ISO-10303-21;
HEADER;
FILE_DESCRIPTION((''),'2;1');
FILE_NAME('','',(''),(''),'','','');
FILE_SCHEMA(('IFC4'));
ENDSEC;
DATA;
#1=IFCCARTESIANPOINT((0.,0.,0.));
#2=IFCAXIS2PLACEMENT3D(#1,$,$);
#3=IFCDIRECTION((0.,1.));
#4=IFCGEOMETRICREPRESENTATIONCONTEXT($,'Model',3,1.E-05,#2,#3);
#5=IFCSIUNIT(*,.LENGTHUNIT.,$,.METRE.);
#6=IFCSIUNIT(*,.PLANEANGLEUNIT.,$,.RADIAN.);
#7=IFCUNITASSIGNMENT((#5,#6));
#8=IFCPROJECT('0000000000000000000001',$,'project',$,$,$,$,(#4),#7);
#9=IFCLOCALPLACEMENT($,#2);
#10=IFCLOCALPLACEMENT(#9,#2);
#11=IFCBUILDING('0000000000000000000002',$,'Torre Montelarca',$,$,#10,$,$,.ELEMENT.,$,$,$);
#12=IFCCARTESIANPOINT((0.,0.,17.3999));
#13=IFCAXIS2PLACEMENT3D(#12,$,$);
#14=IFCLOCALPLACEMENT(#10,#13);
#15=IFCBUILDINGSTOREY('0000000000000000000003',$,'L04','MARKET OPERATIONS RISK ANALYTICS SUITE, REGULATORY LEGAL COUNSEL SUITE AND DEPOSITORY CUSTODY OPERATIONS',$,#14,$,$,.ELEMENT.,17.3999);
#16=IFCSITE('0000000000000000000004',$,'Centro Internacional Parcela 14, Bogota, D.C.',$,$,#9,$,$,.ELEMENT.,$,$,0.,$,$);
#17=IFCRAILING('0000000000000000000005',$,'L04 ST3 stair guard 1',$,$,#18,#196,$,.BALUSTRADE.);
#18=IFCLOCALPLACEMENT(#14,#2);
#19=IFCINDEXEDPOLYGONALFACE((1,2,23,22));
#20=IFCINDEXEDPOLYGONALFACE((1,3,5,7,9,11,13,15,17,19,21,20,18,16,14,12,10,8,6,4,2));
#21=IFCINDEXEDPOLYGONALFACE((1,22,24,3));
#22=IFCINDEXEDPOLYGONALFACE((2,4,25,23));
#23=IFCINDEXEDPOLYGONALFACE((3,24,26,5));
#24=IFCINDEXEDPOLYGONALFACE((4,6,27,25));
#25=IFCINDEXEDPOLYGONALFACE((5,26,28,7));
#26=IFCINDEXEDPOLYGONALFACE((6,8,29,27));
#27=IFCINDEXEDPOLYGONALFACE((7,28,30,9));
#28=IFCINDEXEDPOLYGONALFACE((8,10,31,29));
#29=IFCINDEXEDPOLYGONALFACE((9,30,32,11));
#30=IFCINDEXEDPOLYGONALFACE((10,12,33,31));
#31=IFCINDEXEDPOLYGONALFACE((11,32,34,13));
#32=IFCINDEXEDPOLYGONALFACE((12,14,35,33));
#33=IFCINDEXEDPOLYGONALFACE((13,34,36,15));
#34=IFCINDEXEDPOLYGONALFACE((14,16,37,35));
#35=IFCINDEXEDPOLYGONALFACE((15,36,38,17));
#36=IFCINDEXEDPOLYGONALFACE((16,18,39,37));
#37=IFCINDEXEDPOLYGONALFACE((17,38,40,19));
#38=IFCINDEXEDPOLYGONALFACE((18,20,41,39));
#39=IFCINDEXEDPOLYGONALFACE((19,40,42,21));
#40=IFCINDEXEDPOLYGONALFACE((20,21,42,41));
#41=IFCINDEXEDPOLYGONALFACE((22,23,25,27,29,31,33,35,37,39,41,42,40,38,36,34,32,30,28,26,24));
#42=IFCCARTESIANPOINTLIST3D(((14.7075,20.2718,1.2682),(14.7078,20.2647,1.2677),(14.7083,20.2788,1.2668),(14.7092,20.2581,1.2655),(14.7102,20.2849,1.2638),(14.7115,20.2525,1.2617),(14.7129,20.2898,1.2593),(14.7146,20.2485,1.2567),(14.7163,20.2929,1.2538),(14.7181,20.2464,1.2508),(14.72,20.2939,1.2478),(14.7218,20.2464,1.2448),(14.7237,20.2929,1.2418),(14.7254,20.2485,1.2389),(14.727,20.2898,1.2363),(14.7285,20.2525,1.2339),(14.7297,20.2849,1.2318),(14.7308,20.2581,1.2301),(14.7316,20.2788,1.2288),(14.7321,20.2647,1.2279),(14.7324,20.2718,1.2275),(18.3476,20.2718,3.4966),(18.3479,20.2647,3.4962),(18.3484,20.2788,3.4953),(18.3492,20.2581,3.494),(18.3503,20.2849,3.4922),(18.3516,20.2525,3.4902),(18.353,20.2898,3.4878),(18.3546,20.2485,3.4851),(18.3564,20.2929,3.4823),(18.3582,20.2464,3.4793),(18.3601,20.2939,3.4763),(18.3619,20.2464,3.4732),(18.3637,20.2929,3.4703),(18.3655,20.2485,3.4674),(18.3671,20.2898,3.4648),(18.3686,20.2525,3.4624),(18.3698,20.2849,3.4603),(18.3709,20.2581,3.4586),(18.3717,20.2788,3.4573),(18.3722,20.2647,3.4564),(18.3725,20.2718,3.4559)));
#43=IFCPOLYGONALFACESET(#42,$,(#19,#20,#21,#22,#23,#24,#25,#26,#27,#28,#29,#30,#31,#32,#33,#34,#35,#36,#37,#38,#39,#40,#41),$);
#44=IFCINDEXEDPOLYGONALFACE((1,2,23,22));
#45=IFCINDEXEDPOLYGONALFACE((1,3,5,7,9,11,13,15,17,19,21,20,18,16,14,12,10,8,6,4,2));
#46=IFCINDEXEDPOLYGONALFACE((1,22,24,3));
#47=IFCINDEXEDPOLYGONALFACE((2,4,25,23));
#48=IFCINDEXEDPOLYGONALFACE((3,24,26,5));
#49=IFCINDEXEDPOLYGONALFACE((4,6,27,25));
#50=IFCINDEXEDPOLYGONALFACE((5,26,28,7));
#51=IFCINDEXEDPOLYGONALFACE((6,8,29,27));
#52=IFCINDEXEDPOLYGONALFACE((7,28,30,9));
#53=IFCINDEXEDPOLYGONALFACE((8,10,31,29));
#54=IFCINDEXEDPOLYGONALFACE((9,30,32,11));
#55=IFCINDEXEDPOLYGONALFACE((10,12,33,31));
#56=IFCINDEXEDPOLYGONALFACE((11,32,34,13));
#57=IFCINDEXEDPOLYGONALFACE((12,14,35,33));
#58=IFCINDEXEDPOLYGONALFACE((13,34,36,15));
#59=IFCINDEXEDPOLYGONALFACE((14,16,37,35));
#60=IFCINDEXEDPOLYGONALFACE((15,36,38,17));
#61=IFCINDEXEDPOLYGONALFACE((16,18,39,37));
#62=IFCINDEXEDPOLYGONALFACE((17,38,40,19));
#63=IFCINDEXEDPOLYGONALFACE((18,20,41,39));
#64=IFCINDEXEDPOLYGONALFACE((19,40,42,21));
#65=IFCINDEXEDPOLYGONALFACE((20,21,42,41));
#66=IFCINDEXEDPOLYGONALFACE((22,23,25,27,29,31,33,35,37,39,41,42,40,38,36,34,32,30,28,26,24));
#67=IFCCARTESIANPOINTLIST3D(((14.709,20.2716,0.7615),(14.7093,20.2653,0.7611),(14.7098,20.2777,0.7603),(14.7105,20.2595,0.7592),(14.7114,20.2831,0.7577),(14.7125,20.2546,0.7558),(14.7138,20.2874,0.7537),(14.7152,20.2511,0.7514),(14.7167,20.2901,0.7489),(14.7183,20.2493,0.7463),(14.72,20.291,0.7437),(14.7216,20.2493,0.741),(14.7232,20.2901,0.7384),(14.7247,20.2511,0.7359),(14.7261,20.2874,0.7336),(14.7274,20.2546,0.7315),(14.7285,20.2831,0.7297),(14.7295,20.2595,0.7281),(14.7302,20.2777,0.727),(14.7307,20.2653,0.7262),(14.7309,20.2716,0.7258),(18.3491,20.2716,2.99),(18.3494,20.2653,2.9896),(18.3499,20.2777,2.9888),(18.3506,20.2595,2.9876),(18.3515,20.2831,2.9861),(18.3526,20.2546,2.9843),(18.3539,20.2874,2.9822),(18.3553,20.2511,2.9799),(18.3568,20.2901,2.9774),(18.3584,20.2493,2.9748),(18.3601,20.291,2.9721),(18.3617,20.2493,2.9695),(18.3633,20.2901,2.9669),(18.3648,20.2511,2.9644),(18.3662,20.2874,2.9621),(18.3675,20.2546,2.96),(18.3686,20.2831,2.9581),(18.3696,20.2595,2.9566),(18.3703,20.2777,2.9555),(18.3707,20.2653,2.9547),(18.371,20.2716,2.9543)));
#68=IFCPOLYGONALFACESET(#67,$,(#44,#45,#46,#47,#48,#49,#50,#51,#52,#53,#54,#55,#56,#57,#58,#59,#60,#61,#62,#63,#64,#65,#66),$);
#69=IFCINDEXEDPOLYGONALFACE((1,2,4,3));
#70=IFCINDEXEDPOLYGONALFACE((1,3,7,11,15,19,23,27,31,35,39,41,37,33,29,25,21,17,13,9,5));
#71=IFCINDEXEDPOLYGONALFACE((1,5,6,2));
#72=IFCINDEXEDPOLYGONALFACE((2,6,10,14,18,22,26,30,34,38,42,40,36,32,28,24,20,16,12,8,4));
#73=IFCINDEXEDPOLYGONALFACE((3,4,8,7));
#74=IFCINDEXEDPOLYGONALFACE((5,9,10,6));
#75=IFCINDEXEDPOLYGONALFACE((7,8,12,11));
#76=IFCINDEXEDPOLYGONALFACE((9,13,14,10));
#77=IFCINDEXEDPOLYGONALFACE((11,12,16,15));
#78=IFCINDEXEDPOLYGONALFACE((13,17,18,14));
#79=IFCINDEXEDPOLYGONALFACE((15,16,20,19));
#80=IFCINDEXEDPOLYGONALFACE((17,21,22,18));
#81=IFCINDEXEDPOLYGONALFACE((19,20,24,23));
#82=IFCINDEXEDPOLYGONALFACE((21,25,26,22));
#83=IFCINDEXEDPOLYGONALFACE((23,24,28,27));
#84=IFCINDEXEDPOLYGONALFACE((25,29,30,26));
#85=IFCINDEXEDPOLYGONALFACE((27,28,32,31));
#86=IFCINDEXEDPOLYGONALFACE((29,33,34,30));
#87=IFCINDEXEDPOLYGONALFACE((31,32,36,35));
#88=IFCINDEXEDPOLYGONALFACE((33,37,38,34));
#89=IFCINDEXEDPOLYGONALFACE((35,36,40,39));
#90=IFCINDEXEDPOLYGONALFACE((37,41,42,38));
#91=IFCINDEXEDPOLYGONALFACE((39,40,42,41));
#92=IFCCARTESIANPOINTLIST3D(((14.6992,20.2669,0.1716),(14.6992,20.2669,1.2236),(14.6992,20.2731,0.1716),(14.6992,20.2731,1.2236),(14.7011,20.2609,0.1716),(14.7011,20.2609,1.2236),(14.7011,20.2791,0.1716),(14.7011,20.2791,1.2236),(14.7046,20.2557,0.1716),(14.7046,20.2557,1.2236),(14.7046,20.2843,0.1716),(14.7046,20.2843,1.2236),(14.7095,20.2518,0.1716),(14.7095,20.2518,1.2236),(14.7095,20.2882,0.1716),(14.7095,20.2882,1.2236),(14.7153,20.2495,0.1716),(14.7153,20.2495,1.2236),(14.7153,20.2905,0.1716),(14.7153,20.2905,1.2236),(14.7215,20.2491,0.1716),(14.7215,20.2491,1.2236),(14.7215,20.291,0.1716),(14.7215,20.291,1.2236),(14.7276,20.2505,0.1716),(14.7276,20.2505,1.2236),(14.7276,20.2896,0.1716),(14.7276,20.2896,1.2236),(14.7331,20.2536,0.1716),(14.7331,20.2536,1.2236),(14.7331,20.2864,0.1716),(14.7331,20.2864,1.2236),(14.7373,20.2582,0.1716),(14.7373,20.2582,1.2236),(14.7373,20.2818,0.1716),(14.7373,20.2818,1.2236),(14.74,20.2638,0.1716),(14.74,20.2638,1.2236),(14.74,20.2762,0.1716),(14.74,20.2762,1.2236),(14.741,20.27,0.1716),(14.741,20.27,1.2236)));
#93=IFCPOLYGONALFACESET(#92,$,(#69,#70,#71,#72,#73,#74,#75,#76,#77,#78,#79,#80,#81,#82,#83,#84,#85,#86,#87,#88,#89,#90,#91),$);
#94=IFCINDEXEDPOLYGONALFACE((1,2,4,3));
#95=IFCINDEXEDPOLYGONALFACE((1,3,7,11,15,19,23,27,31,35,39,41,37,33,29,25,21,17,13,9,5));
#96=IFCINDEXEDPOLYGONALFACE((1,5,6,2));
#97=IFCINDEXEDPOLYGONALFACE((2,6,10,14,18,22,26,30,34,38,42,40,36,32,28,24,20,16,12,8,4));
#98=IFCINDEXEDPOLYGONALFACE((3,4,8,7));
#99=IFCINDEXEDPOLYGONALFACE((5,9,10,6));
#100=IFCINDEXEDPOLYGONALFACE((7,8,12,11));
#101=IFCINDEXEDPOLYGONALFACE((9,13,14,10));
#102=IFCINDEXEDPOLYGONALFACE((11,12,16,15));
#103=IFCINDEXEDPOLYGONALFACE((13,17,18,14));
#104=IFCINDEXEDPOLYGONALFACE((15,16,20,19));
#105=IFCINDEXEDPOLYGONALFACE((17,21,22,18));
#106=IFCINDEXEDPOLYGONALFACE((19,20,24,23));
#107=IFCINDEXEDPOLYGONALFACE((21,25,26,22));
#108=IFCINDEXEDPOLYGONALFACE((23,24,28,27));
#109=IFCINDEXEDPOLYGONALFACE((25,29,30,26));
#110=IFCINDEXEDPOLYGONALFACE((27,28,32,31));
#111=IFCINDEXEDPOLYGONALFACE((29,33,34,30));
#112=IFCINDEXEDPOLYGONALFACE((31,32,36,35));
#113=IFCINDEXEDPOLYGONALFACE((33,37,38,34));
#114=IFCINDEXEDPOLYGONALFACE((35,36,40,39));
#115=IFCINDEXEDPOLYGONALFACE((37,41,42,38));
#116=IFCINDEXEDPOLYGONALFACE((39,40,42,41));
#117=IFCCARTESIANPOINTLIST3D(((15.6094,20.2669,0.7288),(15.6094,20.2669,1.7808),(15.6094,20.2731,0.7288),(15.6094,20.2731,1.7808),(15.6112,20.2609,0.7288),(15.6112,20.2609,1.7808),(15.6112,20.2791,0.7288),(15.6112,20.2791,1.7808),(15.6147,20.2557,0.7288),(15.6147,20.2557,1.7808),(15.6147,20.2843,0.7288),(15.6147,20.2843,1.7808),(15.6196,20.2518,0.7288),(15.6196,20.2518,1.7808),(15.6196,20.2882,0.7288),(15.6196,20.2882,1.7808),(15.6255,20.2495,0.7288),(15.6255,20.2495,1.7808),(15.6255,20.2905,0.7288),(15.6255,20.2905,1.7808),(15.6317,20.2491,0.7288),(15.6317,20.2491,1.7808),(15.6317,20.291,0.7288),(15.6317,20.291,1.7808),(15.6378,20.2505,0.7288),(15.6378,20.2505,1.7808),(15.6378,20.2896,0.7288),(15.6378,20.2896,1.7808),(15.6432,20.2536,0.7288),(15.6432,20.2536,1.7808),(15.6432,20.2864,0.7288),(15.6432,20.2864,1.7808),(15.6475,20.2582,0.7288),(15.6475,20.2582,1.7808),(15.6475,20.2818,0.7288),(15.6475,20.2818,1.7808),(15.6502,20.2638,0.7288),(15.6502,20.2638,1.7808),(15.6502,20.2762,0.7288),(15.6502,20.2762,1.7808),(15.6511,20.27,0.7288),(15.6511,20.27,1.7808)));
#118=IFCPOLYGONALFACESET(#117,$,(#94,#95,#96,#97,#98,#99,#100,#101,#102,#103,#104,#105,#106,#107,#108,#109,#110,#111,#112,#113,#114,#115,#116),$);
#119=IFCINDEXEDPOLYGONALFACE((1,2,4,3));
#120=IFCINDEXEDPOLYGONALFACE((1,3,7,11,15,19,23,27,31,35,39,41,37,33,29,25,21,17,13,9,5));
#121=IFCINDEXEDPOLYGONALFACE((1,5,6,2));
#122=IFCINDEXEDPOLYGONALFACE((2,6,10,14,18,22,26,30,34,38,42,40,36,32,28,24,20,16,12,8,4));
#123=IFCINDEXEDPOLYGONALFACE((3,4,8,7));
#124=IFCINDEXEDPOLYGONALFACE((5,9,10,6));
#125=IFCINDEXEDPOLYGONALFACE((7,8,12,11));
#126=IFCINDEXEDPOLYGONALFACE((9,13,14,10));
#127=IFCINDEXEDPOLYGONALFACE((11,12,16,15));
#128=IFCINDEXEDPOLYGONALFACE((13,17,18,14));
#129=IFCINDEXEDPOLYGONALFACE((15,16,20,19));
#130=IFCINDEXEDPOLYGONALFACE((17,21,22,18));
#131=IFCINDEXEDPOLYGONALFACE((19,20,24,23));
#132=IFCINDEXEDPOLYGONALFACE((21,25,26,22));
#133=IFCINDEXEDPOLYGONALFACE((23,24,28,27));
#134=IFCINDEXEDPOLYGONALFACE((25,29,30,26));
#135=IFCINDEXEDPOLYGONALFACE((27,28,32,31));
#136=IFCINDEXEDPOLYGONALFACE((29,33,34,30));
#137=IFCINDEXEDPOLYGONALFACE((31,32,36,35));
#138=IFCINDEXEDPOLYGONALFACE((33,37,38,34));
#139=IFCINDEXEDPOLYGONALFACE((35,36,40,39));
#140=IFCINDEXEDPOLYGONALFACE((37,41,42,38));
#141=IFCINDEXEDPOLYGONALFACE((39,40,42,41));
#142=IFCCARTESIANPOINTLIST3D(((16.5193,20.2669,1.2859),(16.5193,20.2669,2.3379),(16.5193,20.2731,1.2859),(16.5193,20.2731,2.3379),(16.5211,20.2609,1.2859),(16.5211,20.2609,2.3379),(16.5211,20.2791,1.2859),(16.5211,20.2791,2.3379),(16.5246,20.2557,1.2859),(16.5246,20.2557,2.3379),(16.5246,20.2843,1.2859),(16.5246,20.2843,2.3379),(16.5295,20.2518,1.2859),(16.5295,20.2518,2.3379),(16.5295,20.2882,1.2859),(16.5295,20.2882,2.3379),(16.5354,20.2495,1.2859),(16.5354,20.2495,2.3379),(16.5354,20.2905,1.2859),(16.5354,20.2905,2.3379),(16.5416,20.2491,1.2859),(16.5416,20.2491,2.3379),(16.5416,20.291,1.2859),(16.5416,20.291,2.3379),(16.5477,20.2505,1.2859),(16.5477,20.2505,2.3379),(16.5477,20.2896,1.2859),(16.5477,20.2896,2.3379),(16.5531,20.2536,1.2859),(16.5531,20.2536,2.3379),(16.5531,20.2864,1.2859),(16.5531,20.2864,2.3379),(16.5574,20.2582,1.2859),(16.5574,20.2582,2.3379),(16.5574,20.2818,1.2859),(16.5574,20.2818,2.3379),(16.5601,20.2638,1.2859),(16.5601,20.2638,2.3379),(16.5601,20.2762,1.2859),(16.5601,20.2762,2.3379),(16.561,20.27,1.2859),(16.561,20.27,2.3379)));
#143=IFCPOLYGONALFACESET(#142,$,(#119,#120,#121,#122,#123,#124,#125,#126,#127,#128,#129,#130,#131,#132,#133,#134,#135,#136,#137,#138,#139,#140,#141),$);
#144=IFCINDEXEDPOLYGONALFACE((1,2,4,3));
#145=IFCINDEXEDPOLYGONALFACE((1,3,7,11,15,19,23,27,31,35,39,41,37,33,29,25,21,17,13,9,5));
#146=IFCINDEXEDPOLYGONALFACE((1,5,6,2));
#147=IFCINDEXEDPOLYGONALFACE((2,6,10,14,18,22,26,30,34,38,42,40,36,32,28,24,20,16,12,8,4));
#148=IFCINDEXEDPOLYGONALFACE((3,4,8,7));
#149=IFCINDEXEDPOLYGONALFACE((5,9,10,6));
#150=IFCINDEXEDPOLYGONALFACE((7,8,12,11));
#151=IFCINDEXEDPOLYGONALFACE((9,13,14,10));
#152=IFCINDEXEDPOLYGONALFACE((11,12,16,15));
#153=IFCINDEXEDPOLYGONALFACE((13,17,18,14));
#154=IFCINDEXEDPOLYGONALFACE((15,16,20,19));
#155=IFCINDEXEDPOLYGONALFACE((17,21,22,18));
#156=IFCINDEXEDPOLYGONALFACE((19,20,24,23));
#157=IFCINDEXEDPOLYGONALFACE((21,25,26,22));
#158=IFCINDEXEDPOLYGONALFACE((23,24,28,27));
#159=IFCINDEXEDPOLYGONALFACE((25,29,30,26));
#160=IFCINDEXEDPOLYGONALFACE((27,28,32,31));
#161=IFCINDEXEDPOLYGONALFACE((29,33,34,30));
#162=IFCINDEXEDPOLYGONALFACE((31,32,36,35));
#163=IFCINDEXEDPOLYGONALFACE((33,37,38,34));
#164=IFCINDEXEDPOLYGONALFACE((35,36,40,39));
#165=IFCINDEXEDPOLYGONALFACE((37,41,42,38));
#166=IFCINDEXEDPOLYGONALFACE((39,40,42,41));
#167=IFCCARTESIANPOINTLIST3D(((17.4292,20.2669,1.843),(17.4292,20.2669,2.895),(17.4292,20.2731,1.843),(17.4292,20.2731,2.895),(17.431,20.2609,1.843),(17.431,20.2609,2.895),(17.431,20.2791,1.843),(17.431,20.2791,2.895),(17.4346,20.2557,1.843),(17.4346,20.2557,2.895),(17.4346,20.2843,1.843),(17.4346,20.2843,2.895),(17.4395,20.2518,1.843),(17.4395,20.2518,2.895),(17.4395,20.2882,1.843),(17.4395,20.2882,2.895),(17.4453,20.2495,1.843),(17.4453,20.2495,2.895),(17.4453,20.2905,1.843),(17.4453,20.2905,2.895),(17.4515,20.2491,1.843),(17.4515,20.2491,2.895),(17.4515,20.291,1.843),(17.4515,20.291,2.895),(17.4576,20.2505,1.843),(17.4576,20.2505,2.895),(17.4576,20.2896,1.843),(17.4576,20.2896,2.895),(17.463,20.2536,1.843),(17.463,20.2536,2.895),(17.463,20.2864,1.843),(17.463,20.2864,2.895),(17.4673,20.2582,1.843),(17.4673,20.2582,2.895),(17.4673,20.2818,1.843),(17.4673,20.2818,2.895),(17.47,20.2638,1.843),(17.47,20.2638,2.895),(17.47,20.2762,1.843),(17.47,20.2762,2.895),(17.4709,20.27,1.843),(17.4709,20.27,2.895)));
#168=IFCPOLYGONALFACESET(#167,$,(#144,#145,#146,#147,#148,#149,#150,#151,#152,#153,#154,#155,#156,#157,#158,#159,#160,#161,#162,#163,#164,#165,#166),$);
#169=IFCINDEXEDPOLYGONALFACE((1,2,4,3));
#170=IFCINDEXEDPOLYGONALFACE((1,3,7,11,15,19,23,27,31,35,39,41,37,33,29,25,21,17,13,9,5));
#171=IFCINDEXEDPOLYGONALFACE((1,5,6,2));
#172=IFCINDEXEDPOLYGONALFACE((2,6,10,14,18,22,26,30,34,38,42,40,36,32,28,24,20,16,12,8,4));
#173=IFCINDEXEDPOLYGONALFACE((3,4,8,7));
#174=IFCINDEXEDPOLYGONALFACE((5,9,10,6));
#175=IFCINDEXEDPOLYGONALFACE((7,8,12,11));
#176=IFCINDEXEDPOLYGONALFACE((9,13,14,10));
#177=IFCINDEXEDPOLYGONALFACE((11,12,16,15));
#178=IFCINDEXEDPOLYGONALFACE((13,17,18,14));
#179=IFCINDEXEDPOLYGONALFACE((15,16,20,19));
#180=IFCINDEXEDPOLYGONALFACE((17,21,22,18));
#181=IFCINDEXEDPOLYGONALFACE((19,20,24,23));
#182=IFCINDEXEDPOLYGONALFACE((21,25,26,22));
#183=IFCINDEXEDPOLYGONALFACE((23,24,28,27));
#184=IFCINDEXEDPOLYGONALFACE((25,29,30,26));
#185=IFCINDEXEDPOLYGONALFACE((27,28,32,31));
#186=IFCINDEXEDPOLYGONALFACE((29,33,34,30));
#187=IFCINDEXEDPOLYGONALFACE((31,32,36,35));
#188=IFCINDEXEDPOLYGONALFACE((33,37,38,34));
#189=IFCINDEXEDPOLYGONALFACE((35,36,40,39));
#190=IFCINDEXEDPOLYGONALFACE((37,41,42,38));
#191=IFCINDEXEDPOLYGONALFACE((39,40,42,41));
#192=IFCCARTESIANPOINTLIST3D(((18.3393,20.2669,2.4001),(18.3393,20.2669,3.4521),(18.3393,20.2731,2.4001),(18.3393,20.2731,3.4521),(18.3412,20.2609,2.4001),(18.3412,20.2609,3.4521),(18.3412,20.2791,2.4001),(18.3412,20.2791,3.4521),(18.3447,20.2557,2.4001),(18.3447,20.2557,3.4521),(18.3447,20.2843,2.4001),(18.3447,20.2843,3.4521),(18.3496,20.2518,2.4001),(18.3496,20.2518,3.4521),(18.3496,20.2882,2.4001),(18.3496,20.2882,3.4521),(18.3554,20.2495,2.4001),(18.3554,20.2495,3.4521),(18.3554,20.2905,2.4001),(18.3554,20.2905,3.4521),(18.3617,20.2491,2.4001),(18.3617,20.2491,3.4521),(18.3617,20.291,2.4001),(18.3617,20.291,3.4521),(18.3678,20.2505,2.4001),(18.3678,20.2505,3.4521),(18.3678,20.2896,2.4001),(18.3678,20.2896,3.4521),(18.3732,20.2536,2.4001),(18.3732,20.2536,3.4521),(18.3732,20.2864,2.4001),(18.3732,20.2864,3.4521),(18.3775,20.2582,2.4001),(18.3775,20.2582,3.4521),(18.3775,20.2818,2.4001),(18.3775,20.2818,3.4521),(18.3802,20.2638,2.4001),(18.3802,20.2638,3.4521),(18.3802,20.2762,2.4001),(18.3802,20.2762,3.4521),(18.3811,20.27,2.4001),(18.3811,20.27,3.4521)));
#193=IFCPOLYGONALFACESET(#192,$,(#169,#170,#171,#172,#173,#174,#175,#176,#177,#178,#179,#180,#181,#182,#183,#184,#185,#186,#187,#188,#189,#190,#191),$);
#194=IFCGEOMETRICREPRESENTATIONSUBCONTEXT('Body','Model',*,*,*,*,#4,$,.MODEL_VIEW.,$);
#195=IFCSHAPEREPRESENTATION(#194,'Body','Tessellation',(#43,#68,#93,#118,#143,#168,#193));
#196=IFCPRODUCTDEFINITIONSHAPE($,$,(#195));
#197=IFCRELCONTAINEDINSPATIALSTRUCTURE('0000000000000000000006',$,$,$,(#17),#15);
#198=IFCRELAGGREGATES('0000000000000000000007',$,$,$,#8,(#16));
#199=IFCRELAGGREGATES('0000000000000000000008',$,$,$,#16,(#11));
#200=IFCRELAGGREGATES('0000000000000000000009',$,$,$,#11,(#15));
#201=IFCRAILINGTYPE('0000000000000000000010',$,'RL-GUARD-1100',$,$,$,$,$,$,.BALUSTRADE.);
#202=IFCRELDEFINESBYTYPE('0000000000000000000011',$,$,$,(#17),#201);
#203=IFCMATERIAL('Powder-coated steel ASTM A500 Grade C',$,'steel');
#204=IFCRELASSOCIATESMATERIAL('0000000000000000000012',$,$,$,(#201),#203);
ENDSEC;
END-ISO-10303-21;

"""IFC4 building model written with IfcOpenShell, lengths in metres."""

from ifc_helpers import new_model, si_unit, direction, frame, origin, origin_2d, place, context, subcontext, project, spatial, circle, extrude, material, type_object, element, save


model = new_model("IFC4")

# Units and contexts
model_context = context("Model", 3, precision=1e-05, world=origin(), true_north=direction((0.0, 1.0)))
body_context = subcontext(model_context, "Body", "Model", "MODEL_VIEW")
ifc_project = project(units=[si_unit("LENGTHUNIT", "METRE"), si_unit("PLANEANGLEUNIT", "RADIAN")], contexts=[model_context])

# Site, building, storey
site_placement = place(None, origin())
site = spatial("IfcSite", under=ifc_project, at=site_placement, Name="Centro Internacional Parcela 14, Bogota, D.C.", CompositionType="ELEMENT", RefElevation=0.0)
building_placement = place(site_placement, origin())
building = spatial("IfcBuilding", under=site, at=building_placement, Name="Torre Montelarca", CompositionType="ELEMENT")
storey_placement = place(building_placement, frame((0.0, 0.0, 17.3999)))
storey = spatial("IfcBuildingStorey", under=building, at=storey_placement, Name="L04", Description="MARKET OPERATIONS RISK ANALYTICS SUITE, REGULATORY LEGAL COUNSEL SUITE AND DEPOSITORY CUSTODY OPERATIONS", CompositionType="ELEMENT", Elevation=17.3999)

# Railing
ifc_material_1 = material(Name="Powder-coated steel ASTM A500 Grade C", Category="steel")
railing_type_1 = type_object("IfcRailingType", Name="RL-GUARD-1100", PredefinedType="BALUSTRADE", material=ifc_material_1)
railing_1_placement = place(storey_placement, frame((14.72, 20.27, 0.1716)))
element("IfcRailing", 1, at=railing_1_placement, inside=storey, type_object=railing_type_1, Name="L04 ST3 stair guard 1", PredefinedType="BALUSTRADE", context=body_context, shape_type="SweptSolid", body=[
    extrude(circle(Radius=0.0239, at=origin_2d()), frame((0.0, 0.0, 1.0762), z_axis=(0.852866, 0.0, 0.52213), x_axis=(0.0, 1.0, 0.0)), (0.0, 0.0, 1.0), 4.2681),
    extrude(circle(Radius=0.021, at=origin_2d()), frame((0.0, 0.0, 0.572), z_axis=(0.852866, 0.0, 0.52213), x_axis=(0.0, 1.0, 0.0)), (0.0, 0.0, 1.0), 4.2681),
    extrude(circle(Radius=0.021, at=origin_2d()), origin(), (0.0, 0.0, 1.0), 1.052),
    extrude(circle(Radius=0.021, at=origin_2d()), frame((0.9102, 0.0, 0.5571)), (0.0, 0.0, 1.0), 1.052),
    extrude(circle(Radius=0.021, at=origin_2d()), frame((1.8201, 0.0, 1.1143)), (0.0, 0.0, 1.0), 1.052),
    extrude(circle(Radius=0.021, at=origin_2d()), frame((2.73, 0.0, 1.6714)), (0.0, 0.0, 1.0), 1.052),
    extrude(circle(Radius=0.021, at=origin_2d()), frame((3.6401, 0.0, 2.2285)), (0.0, 0.0, 1.0), 1.052),
])

save(model, "model.ifc")
